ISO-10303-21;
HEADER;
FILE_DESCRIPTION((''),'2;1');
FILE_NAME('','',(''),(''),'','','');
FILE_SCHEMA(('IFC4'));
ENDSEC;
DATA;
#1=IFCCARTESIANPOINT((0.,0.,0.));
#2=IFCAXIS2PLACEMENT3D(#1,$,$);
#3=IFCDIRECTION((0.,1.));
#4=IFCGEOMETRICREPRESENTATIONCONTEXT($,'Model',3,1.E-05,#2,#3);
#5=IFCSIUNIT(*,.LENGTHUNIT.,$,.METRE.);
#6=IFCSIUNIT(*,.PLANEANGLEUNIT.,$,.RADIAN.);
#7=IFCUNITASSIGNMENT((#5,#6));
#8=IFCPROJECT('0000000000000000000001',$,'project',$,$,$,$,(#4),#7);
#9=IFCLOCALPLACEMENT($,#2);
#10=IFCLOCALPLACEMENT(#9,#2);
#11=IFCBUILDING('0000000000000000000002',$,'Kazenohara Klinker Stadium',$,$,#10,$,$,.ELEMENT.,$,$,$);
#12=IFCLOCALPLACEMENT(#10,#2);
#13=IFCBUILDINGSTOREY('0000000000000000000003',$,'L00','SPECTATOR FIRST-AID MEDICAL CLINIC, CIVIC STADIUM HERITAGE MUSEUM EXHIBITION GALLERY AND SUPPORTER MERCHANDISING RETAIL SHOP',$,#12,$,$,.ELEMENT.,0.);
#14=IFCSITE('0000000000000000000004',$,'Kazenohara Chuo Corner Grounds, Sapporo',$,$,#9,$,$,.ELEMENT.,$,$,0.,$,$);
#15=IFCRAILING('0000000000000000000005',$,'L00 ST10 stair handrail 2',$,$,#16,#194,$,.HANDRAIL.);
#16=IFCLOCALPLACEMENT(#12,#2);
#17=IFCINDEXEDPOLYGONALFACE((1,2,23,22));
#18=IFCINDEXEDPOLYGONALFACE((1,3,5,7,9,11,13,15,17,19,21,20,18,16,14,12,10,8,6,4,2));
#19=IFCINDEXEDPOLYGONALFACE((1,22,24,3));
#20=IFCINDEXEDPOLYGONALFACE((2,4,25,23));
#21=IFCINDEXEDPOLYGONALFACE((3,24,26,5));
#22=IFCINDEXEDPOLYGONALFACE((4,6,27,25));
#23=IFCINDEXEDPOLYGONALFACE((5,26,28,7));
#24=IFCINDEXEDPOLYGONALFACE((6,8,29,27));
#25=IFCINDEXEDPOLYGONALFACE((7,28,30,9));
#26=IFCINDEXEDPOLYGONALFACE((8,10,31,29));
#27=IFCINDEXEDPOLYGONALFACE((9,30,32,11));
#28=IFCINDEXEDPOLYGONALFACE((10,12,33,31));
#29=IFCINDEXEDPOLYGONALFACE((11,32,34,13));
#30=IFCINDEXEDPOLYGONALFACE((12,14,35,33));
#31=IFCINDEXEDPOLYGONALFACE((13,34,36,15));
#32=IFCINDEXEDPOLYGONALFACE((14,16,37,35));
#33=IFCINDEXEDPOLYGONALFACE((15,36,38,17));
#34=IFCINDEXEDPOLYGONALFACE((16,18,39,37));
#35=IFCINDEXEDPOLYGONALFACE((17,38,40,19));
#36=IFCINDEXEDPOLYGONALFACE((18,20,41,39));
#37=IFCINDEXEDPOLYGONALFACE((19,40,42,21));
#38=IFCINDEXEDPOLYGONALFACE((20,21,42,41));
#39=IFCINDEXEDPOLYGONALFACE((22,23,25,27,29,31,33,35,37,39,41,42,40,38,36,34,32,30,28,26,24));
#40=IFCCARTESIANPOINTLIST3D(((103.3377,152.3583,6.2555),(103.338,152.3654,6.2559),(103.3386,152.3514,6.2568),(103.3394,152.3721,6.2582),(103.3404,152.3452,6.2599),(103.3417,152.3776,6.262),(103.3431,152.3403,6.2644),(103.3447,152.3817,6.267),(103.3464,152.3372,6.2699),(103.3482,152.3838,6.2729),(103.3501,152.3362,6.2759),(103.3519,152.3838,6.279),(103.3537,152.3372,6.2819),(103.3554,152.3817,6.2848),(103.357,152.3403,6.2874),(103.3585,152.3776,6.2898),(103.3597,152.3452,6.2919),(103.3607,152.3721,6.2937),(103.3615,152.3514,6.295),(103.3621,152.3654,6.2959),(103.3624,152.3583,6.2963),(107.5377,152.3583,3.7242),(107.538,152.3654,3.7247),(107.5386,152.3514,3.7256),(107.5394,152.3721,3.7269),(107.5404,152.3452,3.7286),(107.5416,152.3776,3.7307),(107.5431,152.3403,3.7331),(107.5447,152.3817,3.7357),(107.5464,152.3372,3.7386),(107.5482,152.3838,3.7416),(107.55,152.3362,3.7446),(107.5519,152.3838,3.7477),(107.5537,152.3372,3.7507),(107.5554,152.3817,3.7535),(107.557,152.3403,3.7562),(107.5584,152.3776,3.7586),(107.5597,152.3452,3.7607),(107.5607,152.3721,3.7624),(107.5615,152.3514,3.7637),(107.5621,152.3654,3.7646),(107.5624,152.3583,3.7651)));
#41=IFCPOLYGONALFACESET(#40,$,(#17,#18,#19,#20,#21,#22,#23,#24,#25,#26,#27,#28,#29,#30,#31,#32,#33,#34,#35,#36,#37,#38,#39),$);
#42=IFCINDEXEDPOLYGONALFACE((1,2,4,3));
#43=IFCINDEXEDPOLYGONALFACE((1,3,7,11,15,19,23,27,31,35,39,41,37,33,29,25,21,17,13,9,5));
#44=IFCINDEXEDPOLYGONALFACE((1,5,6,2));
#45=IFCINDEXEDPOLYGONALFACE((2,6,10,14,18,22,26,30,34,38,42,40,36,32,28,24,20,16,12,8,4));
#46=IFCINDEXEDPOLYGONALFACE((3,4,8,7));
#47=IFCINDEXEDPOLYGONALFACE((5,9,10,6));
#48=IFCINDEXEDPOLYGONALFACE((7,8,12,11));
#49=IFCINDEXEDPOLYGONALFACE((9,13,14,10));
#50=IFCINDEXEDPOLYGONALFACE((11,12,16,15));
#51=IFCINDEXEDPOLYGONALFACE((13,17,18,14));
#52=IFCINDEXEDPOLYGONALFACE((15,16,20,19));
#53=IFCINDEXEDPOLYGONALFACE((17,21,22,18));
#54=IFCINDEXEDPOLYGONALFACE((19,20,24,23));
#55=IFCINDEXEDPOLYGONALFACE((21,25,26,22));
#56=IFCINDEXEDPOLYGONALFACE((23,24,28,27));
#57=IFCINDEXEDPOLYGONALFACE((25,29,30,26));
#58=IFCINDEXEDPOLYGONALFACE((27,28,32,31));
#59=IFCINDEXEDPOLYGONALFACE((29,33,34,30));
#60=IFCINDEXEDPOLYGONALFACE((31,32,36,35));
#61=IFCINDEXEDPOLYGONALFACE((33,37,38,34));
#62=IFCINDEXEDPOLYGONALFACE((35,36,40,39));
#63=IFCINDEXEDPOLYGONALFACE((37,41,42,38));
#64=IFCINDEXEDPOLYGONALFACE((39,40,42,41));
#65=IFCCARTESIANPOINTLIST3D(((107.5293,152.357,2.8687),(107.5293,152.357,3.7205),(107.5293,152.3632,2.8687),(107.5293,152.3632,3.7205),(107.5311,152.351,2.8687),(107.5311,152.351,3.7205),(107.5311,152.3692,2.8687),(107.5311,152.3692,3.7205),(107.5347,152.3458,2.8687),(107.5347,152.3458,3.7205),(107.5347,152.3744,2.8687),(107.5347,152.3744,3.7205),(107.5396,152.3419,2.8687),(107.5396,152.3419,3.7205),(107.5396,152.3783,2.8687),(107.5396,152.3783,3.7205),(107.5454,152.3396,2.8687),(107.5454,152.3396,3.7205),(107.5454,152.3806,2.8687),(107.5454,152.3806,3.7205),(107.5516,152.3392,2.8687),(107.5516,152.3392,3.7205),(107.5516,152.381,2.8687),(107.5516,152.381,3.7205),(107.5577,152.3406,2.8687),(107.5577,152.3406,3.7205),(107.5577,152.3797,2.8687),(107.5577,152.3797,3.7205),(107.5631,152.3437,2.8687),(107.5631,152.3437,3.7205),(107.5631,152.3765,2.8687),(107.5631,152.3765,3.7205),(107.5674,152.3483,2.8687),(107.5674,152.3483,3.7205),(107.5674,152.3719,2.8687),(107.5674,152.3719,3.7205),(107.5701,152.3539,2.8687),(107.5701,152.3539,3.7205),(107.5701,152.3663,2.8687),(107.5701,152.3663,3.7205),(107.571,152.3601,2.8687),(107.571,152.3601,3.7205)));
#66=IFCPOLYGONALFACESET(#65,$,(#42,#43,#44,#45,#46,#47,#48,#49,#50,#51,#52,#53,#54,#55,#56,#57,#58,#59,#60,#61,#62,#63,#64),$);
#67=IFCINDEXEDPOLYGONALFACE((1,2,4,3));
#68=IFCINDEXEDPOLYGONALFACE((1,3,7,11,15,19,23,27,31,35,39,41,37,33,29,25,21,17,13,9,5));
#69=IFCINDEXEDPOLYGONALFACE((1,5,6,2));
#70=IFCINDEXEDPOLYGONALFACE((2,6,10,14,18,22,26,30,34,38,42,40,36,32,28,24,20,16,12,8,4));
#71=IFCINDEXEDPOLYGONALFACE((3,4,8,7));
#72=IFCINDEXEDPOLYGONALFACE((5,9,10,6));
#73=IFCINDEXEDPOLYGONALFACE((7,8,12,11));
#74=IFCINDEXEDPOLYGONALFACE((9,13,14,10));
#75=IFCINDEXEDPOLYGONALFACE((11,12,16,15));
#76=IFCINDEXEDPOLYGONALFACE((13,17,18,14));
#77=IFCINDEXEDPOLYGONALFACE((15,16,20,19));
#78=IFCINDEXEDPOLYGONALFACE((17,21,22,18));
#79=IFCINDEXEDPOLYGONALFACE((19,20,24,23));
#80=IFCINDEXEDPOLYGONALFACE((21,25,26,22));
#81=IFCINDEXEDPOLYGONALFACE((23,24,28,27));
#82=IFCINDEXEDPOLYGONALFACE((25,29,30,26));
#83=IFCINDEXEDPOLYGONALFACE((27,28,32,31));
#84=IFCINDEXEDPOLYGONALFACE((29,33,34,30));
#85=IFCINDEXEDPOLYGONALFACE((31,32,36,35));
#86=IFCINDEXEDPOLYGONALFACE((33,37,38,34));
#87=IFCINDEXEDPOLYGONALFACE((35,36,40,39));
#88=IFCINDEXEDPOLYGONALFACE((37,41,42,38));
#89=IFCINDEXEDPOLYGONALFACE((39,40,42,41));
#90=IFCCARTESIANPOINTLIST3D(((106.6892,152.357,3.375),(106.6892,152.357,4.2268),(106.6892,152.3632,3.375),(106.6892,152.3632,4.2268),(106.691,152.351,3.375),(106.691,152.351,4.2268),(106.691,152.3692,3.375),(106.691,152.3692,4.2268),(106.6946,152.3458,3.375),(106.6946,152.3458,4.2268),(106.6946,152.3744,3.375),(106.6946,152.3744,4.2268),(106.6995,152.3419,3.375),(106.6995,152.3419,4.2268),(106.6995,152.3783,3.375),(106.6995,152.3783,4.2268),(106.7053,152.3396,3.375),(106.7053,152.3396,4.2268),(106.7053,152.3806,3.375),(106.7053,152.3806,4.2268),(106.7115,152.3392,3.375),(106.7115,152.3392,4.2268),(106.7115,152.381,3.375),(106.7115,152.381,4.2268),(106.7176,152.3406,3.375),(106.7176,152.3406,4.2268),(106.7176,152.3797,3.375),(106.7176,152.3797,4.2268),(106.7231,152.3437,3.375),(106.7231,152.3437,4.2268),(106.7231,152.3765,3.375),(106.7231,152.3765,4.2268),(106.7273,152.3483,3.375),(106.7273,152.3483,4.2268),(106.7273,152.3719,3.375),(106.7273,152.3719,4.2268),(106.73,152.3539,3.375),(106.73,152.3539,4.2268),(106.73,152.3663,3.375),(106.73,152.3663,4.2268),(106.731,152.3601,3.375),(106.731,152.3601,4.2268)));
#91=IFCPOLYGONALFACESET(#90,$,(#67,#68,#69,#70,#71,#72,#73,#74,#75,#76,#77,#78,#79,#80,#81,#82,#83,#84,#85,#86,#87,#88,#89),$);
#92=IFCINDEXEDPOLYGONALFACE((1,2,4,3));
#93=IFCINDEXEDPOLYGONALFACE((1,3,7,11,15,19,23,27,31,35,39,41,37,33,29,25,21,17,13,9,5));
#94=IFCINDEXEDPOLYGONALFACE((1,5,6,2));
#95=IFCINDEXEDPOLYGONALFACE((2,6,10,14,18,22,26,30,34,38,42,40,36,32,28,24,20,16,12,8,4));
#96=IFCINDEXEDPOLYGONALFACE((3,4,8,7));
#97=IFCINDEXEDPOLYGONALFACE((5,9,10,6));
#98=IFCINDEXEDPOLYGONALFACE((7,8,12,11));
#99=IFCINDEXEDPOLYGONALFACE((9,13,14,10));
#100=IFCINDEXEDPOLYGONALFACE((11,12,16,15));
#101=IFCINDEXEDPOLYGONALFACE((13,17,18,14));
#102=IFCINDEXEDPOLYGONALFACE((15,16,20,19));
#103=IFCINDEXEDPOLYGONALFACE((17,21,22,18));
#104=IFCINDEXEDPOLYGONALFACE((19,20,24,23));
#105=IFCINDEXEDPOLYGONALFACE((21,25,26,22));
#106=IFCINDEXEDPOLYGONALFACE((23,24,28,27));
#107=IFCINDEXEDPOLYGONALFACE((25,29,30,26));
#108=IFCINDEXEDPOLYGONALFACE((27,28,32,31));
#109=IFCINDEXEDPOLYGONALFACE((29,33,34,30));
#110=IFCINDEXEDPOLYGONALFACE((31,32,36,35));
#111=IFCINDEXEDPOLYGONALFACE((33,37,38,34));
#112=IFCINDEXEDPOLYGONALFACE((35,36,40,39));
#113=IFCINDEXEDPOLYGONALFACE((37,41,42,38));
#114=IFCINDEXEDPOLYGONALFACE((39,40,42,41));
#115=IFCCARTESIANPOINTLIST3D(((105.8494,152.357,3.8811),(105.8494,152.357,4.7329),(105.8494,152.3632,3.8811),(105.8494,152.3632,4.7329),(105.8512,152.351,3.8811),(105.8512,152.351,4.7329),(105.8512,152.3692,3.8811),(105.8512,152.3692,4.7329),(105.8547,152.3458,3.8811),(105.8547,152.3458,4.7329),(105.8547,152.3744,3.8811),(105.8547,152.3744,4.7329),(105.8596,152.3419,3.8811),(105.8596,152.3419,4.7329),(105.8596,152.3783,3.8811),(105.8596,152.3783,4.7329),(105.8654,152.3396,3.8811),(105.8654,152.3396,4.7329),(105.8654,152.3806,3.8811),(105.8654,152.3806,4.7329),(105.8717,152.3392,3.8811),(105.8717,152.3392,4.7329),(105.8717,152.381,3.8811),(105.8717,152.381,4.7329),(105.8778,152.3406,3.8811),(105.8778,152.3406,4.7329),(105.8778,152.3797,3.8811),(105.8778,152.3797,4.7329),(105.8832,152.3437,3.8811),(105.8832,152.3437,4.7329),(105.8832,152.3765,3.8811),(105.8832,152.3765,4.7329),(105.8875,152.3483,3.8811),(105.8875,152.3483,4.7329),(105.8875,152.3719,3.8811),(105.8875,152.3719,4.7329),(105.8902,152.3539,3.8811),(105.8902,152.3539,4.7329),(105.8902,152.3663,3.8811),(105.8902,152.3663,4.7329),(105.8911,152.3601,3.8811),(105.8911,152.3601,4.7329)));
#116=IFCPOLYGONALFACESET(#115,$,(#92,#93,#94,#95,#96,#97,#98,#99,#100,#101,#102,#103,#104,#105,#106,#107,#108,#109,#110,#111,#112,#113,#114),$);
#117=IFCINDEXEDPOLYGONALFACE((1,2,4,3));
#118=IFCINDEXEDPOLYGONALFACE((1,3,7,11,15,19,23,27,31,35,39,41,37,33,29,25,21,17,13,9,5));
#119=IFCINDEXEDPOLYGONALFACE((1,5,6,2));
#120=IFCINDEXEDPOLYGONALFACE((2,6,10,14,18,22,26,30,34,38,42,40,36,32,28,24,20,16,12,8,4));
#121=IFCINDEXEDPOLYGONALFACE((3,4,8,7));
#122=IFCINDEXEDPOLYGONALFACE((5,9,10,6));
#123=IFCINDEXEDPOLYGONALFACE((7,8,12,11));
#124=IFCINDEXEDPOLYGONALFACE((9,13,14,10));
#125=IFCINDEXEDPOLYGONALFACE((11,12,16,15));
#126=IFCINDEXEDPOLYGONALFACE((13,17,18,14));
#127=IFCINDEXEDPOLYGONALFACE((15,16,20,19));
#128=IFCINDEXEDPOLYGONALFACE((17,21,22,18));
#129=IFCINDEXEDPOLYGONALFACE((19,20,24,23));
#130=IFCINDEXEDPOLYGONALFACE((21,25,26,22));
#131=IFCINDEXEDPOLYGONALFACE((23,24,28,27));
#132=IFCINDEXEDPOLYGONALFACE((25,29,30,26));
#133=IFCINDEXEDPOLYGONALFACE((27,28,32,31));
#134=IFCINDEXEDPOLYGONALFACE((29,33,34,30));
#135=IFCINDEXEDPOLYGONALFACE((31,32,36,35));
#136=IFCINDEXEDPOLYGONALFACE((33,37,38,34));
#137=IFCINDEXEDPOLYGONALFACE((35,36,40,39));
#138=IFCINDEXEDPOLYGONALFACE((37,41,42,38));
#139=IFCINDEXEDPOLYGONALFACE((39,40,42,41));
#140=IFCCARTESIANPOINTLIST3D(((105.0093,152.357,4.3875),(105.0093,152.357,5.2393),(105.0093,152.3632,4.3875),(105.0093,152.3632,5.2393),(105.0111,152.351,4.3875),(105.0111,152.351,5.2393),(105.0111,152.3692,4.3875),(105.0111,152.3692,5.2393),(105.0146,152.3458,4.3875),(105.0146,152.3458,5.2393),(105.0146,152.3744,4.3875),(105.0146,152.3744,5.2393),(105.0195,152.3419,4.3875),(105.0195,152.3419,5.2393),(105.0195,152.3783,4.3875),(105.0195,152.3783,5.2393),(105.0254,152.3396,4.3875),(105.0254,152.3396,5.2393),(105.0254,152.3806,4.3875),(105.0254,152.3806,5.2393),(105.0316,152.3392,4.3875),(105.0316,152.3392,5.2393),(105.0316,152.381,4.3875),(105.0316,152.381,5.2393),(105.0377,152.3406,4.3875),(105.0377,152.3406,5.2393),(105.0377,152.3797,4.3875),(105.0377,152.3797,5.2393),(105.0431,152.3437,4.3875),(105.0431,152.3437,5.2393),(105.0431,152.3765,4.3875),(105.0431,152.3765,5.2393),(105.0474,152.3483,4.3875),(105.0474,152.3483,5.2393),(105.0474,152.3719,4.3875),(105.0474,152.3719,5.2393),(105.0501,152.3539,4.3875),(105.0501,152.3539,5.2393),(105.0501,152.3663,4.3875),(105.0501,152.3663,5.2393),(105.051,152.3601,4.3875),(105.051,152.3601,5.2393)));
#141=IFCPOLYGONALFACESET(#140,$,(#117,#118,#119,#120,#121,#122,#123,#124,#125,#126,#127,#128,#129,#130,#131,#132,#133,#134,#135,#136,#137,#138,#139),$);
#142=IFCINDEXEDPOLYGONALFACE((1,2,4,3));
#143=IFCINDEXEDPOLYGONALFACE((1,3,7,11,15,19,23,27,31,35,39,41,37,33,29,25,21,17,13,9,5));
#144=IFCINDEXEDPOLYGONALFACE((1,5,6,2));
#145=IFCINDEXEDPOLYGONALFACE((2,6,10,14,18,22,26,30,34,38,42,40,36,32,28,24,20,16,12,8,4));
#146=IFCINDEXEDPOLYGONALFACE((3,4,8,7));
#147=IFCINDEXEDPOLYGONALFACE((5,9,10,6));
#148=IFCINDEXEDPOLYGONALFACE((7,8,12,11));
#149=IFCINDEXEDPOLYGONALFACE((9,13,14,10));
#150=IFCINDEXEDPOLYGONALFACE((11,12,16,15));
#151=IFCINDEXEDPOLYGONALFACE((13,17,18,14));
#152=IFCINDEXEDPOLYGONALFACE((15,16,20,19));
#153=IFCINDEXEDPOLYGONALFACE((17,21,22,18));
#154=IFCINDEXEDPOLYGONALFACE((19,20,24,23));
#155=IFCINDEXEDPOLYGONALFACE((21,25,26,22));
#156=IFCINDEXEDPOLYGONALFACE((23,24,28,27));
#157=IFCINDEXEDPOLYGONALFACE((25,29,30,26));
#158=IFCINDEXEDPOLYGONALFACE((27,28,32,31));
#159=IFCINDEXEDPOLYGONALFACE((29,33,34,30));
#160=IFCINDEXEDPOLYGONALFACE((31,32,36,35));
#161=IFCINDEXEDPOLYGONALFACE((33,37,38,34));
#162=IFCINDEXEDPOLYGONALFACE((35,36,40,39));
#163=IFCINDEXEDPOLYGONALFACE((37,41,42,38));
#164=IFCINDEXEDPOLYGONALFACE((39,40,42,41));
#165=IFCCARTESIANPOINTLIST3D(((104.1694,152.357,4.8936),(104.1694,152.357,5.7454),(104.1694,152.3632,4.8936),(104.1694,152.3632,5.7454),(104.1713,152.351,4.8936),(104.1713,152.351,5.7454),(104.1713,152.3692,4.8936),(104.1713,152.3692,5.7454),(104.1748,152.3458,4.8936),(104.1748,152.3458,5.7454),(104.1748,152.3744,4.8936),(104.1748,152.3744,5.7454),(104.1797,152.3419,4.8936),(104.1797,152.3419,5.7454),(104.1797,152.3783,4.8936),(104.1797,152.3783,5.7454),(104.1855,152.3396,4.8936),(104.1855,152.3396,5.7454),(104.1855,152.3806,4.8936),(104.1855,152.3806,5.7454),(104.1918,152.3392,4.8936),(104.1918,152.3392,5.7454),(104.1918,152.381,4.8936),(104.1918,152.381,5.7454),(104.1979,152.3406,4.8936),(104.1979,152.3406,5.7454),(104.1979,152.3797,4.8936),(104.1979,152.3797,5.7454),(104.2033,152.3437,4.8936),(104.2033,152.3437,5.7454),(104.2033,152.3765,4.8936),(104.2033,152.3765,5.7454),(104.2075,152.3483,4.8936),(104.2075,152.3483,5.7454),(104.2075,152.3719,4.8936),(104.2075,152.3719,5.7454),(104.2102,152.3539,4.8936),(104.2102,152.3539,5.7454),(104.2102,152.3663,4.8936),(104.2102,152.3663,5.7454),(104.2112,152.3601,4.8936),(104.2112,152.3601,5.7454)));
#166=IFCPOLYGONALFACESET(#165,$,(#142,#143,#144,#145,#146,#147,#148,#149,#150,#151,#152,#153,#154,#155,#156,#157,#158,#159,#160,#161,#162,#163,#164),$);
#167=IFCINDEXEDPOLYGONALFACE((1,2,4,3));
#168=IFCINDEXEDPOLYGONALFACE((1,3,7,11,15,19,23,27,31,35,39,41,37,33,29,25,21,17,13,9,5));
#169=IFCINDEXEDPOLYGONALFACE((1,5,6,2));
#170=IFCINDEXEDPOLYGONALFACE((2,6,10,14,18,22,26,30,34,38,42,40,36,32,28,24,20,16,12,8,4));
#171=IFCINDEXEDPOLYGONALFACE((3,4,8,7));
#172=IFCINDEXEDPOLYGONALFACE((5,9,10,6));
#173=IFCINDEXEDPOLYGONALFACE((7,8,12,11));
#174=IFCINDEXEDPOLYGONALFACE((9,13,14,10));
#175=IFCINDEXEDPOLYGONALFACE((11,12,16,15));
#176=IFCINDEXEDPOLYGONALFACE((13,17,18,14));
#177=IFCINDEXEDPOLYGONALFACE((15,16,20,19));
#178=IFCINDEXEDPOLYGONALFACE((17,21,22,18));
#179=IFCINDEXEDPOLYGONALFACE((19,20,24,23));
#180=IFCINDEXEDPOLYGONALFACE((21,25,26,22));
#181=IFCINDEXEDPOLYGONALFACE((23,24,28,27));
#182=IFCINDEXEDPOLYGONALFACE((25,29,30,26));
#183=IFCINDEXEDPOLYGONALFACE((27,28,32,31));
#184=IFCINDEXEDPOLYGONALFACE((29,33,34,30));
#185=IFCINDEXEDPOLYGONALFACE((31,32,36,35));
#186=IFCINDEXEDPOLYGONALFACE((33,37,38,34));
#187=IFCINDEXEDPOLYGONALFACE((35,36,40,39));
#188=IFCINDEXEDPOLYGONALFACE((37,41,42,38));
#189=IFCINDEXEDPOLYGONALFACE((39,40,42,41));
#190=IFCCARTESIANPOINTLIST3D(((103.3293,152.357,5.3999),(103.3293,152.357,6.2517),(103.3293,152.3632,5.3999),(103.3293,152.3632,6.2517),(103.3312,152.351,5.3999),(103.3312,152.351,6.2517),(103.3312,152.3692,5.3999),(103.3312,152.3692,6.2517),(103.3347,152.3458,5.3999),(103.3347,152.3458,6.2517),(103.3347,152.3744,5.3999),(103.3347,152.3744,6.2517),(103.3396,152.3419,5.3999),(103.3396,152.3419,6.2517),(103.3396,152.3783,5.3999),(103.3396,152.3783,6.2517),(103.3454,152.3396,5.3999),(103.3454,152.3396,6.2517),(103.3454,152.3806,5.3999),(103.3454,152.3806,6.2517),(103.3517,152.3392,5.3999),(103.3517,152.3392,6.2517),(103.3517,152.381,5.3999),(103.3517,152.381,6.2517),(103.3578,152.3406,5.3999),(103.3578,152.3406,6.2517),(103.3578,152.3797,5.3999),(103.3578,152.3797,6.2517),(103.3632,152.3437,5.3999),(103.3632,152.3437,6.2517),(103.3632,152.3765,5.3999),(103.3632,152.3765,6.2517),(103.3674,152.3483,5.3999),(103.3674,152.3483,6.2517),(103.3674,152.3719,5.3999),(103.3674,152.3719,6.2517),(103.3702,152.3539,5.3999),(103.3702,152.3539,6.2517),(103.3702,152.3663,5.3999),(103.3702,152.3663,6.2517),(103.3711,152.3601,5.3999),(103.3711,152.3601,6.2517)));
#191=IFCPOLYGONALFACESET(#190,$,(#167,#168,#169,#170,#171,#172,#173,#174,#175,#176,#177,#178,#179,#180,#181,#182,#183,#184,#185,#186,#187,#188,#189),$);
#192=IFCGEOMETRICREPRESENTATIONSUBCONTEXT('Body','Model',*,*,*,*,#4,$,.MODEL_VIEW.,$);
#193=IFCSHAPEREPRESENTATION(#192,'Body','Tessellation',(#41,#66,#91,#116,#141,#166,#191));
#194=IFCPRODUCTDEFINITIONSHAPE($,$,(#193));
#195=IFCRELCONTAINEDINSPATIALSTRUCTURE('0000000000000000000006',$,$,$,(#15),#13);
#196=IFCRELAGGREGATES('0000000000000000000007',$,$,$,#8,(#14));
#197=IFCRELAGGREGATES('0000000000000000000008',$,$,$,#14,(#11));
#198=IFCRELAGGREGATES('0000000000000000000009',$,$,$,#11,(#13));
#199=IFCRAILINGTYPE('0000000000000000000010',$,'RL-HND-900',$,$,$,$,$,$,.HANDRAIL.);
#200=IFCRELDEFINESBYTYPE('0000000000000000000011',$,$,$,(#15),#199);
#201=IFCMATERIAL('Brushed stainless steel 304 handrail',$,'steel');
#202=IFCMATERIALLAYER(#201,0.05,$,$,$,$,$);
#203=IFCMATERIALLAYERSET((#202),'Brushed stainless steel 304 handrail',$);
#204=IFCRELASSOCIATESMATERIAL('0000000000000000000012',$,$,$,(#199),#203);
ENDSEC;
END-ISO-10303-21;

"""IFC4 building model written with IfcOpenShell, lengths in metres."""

from ifc_helpers import new_model, si_unit, direction, frame, origin, origin_2d, place, context, subcontext, project, spatial, circle, extrude, material, layer, layer_set, type_object, element, save


model = new_model("IFC4")

# Units and contexts
model_context = context("Model", 3, precision=1e-05, world=origin(), true_north=direction((0.0, 1.0)))
body_context = subcontext(model_context, "Body", "Model", "MODEL_VIEW")
ifc_project = project(units=[si_unit("LENGTHUNIT", "METRE"), si_unit("PLANEANGLEUNIT", "RADIAN")], contexts=[model_context])

# Site, building, storey
site_placement = place(None, origin())
site = spatial("IfcSite", under=ifc_project, at=site_placement, Name="Kazenohara Chuo Corner Grounds, Sapporo", CompositionType="ELEMENT", RefElevation=0.0)
building_placement = place(site_placement, origin())
building = spatial("IfcBuilding", under=site, at=building_placement, Name="Kazenohara Klinker Stadium", CompositionType="ELEMENT")
storey_placement = place(building_placement, origin())
storey = spatial("IfcBuildingStorey", under=building, at=storey_placement, Name="L00", Description="SPECTATOR FIRST-AID MEDICAL CLINIC, CIVIC STADIUM HERITAGE MUSEUM EXHIBITION GALLERY AND SUPPORTER MERCHANDISING RETAIL SHOP", CompositionType="ELEMENT", Elevation=0.0)

# Railing
ifc_material_1 = material(Name="Brushed stainless steel 304 handrail", Category="steel")
ifc_layer_1 = layer(ifc_material_1, 0.05)
ifc_layer_set_1 = layer_set([ifc_layer_1], Name="Brushed stainless steel 304 handrail")
railing_type_1 = type_object("IfcRailingType", Name="RL-HND-900", PredefinedType="HANDRAIL", material=ifc_layer_set_1)
railing_1_placement = place(storey_placement, frame((107.55, 152.3601, 2.8687)))
element("IfcRailing", 1, at=railing_1_placement, inside=storey, type_object=railing_type_1, Name="L00 ST10 stair handrail 2", PredefinedType="HANDRAIL", context=body_context, shape_type="SweptSolid", body=[
    extrude(circle(Radius=0.0239, at=origin_2d()), frame((0.0, 0.0, 0.876), z_axis=(-0.856476, 0.0, 0.516186), x_axis=(0.0, -1.0, 0.0)), (0.0, 0.0, 1.0), 4.9038),
    extrude(circle(Radius=0.021, at=origin_2d()), origin(), (0.0, 0.0, 1.0), 0.8518),
    extrude(circle(Radius=0.021, at=origin_2d()), frame((-0.8401, 0.0, 0.5063)), (0.0, 0.0, 1.0), 0.8518),
    extrude(circle(Radius=0.021, at=origin_2d()), frame((-1.6799, 0.0, 1.0125)), (0.0, 0.0, 1.0), 0.8518),
    extrude(circle(Radius=0.021, at=origin_2d()), frame((-2.52, 0.0, 1.5188)), (0.0, 0.0, 1.0), 0.8518),
    extrude(circle(Radius=0.021, at=origin_2d()), frame((-3.3599, 0.0, 2.0249)), (0.0, 0.0, 1.0), 0.8518),
    extrude(circle(Radius=0.021, at=origin_2d()), frame((-4.2, 0.0, 2.5312)), (0.0, 0.0, 1.0), 0.8518),
])

save(model, "model.ifc")
